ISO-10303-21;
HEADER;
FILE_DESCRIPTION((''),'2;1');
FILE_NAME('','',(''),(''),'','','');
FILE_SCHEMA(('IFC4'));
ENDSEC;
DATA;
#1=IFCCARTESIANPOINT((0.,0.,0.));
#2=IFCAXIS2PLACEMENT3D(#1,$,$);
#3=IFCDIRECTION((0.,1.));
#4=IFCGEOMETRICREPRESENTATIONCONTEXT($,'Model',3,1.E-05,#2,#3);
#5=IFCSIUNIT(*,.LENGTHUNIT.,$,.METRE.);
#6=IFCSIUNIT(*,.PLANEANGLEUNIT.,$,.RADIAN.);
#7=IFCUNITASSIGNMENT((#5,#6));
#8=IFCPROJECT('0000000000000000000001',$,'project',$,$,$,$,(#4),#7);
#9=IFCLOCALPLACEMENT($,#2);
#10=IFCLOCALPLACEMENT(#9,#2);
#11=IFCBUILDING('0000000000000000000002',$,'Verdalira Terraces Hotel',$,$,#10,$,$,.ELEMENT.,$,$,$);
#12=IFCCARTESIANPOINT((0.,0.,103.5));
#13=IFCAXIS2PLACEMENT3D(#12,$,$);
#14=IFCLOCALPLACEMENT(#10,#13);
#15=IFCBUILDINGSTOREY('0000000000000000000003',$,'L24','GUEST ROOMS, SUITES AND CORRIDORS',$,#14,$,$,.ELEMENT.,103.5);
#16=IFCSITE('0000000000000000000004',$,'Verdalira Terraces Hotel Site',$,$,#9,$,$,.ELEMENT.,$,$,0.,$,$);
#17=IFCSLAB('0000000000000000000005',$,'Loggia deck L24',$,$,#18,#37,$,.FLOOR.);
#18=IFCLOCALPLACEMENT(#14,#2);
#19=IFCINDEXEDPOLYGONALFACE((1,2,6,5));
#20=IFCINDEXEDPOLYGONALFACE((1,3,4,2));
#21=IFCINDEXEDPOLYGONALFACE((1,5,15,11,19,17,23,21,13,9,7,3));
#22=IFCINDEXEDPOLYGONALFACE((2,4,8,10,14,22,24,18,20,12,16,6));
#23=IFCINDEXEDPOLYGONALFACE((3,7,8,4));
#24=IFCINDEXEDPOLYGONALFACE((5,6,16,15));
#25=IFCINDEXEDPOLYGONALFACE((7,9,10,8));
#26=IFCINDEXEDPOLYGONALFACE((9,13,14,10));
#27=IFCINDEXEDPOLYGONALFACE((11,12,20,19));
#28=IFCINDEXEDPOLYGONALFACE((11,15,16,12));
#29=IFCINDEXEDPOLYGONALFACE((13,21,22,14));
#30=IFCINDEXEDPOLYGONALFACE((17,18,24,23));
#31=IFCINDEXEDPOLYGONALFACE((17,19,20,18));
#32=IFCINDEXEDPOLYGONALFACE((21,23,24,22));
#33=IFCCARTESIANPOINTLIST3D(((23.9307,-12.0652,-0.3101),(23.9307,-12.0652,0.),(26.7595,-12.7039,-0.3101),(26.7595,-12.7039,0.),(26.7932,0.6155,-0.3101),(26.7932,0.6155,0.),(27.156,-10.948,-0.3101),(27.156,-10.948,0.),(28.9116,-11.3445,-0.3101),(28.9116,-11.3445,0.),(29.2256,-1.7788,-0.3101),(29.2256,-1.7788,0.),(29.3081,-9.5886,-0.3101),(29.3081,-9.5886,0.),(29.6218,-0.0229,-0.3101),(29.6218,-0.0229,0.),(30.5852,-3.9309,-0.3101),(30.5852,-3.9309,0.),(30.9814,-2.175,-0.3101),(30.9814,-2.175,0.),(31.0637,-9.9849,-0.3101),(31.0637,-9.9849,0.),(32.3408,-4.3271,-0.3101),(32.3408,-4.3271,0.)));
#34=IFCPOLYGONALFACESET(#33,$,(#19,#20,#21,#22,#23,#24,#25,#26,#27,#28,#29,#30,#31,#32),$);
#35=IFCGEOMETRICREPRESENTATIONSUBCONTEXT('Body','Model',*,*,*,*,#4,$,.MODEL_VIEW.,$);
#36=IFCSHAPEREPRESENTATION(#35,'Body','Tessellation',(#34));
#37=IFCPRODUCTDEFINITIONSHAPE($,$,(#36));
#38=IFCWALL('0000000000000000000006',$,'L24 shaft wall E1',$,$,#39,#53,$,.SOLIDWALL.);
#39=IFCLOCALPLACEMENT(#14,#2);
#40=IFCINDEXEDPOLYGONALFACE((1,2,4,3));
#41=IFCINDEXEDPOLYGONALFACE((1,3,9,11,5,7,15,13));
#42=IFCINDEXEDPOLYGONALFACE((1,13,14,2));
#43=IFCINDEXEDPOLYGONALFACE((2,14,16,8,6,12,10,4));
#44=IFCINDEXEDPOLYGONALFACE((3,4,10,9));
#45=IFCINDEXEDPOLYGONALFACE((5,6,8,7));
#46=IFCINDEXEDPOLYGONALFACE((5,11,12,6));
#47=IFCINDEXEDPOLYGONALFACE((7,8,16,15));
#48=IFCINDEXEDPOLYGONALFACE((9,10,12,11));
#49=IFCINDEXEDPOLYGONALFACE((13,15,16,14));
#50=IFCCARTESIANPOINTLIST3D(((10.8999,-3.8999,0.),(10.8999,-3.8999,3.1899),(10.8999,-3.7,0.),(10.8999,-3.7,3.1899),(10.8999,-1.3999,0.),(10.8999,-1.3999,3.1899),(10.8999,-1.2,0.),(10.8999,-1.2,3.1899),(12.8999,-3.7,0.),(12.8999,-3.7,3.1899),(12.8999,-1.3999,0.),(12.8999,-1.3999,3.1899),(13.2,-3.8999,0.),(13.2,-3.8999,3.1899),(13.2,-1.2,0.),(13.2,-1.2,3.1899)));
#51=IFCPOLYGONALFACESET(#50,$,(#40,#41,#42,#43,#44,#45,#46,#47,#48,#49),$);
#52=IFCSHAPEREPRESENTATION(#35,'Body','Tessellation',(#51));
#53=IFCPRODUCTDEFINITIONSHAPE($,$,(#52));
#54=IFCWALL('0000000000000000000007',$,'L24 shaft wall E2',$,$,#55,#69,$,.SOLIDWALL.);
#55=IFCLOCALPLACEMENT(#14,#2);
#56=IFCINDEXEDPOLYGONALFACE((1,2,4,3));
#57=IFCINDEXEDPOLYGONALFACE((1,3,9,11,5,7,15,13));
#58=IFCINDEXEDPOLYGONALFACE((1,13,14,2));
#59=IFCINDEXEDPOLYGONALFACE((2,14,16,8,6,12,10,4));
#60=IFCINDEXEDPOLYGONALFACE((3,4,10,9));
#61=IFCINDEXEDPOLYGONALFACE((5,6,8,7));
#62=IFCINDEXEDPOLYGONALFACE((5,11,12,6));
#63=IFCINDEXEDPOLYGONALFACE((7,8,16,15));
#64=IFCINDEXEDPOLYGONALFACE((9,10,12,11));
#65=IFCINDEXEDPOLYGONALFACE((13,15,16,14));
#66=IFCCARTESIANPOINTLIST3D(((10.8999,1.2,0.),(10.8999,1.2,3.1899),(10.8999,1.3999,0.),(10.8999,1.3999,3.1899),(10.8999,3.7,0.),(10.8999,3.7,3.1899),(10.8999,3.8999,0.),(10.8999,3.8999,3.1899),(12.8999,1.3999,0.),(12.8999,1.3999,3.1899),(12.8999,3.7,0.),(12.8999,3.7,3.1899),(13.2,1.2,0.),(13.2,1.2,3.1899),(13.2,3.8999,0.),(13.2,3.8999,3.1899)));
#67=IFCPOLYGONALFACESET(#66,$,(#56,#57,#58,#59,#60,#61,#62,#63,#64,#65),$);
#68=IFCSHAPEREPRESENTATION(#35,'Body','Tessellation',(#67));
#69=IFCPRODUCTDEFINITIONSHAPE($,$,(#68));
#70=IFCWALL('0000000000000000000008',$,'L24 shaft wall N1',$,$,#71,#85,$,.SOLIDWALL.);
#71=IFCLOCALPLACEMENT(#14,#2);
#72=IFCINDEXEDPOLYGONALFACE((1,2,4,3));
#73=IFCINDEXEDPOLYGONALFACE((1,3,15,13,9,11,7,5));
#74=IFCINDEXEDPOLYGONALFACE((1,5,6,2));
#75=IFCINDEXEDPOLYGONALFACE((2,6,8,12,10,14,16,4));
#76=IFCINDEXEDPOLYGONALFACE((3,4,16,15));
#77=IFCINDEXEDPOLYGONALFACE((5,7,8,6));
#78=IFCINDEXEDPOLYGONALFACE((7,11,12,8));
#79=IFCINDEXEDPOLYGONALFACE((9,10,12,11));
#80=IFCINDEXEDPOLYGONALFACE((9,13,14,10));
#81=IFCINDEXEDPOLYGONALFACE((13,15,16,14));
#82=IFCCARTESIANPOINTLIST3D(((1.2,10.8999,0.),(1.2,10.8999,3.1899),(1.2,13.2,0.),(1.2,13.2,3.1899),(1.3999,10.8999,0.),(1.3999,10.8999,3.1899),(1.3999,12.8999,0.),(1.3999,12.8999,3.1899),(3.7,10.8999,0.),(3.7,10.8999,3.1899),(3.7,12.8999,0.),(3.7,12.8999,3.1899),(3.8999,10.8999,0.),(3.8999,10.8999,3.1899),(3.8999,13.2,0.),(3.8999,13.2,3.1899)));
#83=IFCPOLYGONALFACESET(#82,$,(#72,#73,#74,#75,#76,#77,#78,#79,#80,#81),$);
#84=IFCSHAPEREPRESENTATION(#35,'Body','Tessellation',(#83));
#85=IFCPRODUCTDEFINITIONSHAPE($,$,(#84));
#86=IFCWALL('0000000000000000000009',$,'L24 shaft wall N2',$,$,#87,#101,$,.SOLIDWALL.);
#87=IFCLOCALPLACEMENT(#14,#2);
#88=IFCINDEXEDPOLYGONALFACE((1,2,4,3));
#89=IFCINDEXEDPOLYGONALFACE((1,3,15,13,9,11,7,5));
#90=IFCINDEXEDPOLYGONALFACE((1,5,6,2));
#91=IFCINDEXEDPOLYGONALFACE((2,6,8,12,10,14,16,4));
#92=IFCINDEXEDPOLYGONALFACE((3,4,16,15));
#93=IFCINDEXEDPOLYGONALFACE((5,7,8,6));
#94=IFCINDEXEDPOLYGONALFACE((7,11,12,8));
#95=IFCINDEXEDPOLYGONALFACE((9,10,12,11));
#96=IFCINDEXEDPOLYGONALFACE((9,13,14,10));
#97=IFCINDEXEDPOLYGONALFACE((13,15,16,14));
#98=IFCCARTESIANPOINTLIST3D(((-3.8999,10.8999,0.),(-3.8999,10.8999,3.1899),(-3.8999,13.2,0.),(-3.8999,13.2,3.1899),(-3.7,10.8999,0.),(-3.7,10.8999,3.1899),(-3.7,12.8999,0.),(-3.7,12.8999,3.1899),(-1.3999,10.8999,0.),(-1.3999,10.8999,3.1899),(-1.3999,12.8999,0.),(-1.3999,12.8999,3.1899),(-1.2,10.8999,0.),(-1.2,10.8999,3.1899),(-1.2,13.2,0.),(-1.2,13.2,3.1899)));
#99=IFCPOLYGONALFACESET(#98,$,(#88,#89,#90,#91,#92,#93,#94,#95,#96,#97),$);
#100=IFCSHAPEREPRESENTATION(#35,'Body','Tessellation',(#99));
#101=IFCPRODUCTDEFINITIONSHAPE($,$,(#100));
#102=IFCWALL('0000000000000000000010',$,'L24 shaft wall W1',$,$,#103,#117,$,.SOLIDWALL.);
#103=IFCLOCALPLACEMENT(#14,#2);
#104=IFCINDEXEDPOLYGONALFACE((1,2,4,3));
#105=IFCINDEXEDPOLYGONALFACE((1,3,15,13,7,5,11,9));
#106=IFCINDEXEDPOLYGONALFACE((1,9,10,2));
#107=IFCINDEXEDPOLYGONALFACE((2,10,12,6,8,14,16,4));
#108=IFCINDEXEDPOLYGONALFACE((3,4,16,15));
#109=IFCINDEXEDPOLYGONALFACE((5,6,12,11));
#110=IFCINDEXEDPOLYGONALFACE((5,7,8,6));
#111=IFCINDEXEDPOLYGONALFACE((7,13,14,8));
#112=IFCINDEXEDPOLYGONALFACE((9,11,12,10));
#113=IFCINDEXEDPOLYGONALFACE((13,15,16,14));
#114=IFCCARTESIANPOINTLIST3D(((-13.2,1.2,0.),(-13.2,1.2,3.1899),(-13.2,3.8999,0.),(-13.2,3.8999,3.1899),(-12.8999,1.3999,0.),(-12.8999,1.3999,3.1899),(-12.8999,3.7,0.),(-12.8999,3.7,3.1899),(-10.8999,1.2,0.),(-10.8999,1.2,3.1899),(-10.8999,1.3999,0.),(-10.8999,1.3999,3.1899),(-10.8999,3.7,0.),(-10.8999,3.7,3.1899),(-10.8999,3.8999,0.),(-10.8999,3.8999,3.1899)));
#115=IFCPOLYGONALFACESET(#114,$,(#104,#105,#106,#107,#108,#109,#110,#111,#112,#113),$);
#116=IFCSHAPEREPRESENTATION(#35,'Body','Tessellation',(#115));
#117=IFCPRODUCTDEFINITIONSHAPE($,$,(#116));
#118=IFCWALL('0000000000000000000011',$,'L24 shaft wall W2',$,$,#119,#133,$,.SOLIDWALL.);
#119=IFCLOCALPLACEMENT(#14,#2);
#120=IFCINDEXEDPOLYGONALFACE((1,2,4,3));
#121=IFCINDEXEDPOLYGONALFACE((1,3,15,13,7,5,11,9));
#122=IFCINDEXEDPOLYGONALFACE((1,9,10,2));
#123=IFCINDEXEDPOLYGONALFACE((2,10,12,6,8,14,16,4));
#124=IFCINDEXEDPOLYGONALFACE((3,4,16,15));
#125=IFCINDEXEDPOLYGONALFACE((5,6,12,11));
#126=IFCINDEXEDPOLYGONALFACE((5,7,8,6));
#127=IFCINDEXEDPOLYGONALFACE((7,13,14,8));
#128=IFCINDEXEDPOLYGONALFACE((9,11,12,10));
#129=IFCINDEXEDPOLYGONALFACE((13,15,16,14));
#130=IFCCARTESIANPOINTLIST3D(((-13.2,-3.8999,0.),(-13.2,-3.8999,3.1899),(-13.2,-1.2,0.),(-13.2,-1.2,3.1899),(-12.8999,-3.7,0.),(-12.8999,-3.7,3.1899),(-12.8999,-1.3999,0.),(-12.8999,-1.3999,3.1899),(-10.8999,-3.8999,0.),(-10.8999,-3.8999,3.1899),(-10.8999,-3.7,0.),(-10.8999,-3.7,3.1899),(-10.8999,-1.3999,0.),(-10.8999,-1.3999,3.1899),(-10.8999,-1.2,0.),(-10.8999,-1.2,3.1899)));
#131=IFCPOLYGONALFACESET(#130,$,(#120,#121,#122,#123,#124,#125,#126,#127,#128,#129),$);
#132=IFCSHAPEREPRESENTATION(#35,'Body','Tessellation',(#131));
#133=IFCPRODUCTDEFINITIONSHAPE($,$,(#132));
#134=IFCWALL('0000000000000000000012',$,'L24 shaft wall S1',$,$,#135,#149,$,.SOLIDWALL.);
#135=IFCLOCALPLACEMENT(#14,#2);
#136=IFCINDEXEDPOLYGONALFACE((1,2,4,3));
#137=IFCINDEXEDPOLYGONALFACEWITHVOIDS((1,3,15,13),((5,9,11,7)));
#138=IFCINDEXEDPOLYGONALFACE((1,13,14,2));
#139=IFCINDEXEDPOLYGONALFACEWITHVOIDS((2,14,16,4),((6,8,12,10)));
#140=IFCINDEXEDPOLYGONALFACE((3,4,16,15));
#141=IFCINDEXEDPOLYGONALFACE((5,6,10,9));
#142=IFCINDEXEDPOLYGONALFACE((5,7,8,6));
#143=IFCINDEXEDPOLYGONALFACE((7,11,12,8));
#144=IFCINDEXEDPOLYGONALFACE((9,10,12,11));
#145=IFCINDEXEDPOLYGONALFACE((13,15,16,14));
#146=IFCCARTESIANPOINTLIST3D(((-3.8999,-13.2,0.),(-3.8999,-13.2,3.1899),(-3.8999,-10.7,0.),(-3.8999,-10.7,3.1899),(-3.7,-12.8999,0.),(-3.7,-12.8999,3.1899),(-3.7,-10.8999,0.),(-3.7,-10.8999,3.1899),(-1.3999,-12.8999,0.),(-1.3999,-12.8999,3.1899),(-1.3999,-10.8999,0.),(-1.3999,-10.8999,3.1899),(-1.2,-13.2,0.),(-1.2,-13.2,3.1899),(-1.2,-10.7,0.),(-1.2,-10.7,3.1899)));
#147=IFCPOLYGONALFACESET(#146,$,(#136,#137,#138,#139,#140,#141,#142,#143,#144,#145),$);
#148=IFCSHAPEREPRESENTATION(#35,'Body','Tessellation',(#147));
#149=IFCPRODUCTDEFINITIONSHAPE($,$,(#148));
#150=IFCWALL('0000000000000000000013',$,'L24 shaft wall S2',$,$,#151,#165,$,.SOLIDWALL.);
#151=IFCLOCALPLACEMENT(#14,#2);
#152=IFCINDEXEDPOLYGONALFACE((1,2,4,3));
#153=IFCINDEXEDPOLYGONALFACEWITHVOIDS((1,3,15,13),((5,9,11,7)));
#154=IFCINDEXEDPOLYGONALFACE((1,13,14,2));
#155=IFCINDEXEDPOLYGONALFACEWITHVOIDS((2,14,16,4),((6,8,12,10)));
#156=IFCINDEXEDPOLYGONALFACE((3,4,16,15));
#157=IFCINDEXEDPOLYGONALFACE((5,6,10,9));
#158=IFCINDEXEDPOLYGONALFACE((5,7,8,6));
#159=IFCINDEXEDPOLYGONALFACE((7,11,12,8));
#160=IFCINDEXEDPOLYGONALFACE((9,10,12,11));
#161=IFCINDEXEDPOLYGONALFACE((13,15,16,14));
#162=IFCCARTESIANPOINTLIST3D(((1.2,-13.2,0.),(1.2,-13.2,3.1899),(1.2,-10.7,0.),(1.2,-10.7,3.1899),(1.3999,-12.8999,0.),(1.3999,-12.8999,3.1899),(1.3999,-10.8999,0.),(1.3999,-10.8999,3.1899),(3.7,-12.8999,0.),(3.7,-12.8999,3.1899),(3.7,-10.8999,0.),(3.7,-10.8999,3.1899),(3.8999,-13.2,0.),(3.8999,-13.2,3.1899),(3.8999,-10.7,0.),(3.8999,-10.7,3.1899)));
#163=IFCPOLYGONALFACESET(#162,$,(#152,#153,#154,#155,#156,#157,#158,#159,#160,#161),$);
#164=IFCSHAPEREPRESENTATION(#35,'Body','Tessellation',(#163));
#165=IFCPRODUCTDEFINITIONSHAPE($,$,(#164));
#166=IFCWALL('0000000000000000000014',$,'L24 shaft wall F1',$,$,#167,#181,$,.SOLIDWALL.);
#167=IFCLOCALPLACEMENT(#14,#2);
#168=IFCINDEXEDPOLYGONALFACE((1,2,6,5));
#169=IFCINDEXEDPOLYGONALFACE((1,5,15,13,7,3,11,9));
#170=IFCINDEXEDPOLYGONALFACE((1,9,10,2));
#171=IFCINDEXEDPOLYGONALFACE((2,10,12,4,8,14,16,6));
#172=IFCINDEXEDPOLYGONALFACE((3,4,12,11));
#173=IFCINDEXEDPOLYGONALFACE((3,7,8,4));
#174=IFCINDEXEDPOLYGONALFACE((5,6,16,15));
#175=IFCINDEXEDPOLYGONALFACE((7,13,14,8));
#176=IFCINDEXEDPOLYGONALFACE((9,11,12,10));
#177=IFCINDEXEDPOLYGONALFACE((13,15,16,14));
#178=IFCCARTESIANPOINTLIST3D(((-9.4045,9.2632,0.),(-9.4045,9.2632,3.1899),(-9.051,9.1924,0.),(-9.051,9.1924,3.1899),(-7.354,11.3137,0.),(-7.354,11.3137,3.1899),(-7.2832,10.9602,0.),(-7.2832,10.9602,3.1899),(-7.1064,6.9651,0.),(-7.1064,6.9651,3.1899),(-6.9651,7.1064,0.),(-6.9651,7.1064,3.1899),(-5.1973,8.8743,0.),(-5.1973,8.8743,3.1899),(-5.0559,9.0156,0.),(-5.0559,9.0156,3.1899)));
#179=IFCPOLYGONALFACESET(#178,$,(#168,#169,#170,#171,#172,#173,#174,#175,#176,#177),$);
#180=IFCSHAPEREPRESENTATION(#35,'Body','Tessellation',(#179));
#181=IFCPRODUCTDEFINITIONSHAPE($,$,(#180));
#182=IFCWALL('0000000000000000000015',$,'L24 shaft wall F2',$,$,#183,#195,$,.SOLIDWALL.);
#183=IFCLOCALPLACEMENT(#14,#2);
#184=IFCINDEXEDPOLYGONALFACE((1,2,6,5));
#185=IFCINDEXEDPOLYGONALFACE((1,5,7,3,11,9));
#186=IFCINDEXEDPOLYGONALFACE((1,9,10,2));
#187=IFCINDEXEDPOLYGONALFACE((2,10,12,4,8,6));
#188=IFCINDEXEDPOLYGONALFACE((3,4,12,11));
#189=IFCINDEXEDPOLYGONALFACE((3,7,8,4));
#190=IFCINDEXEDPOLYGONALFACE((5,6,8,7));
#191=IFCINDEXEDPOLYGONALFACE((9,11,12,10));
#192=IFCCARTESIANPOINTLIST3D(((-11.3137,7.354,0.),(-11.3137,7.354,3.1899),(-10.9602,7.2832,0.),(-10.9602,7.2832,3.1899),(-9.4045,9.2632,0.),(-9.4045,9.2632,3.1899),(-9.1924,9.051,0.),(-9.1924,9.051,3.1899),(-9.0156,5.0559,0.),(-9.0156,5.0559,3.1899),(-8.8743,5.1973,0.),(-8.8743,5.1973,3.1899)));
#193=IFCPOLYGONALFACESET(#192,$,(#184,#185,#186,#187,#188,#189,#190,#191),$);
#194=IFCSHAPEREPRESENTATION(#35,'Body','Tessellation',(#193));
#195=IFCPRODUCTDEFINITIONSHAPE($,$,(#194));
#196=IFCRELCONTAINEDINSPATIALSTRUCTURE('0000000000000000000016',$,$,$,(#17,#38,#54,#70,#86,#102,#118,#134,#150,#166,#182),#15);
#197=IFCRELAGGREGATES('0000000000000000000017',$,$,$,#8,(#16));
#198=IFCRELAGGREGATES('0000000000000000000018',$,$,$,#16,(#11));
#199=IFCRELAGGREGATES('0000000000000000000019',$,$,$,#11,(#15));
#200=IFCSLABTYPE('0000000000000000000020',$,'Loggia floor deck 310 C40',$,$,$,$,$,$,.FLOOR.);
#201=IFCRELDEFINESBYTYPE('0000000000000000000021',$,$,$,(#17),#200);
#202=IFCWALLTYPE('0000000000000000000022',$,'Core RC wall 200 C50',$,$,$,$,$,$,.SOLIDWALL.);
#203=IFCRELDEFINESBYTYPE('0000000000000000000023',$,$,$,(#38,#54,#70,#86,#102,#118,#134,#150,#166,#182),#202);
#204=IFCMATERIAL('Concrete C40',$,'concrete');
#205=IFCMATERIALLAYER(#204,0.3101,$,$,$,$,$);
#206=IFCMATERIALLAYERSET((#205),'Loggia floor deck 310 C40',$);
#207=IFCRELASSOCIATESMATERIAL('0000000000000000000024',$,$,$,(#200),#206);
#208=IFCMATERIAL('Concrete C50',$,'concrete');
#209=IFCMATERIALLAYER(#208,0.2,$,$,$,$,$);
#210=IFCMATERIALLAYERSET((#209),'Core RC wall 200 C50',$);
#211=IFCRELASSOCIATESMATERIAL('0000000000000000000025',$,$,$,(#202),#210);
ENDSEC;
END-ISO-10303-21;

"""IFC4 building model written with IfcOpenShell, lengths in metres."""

from ifc_helpers import new_model, si_unit, direction, frame, origin, place, context, subcontext, project, spatial, polyline, outline, extrude, material, layer, layer_set, type_object, element, save


model = new_model("IFC4")

# Units and contexts
model_context = context("Model", 3, precision=1e-05, world=origin(), true_north=direction((0.0, 1.0)))
body_context = subcontext(model_context, "Body", "Model", "MODEL_VIEW")
ifc_project = project(units=[si_unit("LENGTHUNIT", "METRE"), si_unit("PLANEANGLEUNIT", "RADIAN")], contexts=[model_context])

# Site, building, storey
site_placement = place(None, origin())
site = spatial("IfcSite", under=ifc_project, at=site_placement, Name="Verdalira Terraces Hotel Site", CompositionType="ELEMENT", RefElevation=0.0)
building_placement = place(site_placement, origin())
building = spatial("IfcBuilding", under=site, at=building_placement, Name="Verdalira Terraces Hotel", CompositionType="ELEMENT")
storey_placement = place(building_placement, frame((0.0, 0.0, 103.5)))
storey = spatial("IfcBuildingStorey", under=building, at=storey_placement, Name="L24", Description="GUEST ROOMS, SUITES AND CORRIDORS", CompositionType="ELEMENT", Elevation=103.5)

# Slab
ifc_material_1 = material(Name="Concrete C40", Category="concrete")
ifc_layer_1 = layer(ifc_material_1, 0.3101)
ifc_layer_set_1 = layer_set([ifc_layer_1], Name="Loggia floor deck 310 C40")
slab_type_1 = type_object("IfcSlabType", Name="Loggia floor deck 310 C40", PredefinedType="FLOOR", material=ifc_layer_set_1)
slab_1_placement = place(storey_placement, frame((0.0, 0.0, -0.3101)))
element("IfcSlab", 1, at=slab_1_placement, inside=storey, type_object=slab_type_1, Name="Loggia deck L24", PredefinedType="FLOOR", context=body_context, shape_type="SweptSolid", body=[
    extrude(outline(polyline([(29.6218, -0.0229), (26.7932, 0.6155), (23.9307, -12.0652), (26.7595, -12.7039), (27.156, -10.948), (28.9116, -11.3445), (29.3081, -9.5886), (31.0637, -9.9849), (32.3408, -4.3271), (30.5852, -3.9309), (30.9814, -2.175), (29.2256, -1.7788), (29.6218, -0.0229)])), origin(), (0.0, 0.0, 1.0), 0.3101),
])

# Walls
ifc_material_2 = material(Name="Concrete C50", Category="concrete")
ifc_layer_2 = layer(ifc_material_2, 0.2)
ifc_layer_set_2 = layer_set([ifc_layer_2], Name="Core RC wall 200 C50")
wall_type = type_object("IfcWallType", Name="Core RC wall 200 C50", PredefinedType="SOLIDWALL", material=ifc_layer_set_2)
wall_1_placement = place(storey_placement, origin())
element("IfcWall", 2, at=wall_1_placement, inside=storey, type_object=wall_type, Name="L24 shaft wall E1", PredefinedType="SOLIDWALL", context=body_context, shape_type="SweptSolid", body=[
    extrude(outline(polyline([(13.2, -3.8999), (10.8999, -3.8999), (10.8999, -3.7), (12.8999, -3.7), (12.8999, -1.3999), (10.8999, -1.3999), (10.8999, -1.2), (13.2, -1.2), (13.2, -3.8999)])), origin(), (0.0, 0.0, 1.0), 3.1899),
])
wall_2_placement = place(storey_placement, origin())
element("IfcWall", 3, at=wall_2_placement, inside=storey, type_object=wall_type, Name="L24 shaft wall E2", PredefinedType="SOLIDWALL", context=body_context, shape_type="SweptSolid", body=[
    extrude(outline(polyline([(13.2, 3.8999), (13.2, 1.2), (10.8999, 1.2), (10.8999, 1.3999), (12.8999, 1.3999), (12.8999, 3.7), (10.8999, 3.7), (10.8999, 3.8999), (13.2, 3.8999)])), origin(), (0.0, 0.0, 1.0), 3.1899),
])
wall_3_placement = place(storey_placement, origin())
element("IfcWall", 4, at=wall_3_placement, inside=storey, type_object=wall_type, Name="L24 shaft wall N1", PredefinedType="SOLIDWALL", context=body_context, shape_type="SweptSolid", body=[
    extrude(outline(polyline([(3.8999, 13.2), (3.8999, 10.8999), (3.7, 10.8999), (3.7, 12.8999), (1.3999, 12.8999), (1.3999, 10.8999), (1.2, 10.8999), (1.2, 13.2), (3.8999, 13.2)])), origin(), (0.0, 0.0, 1.0), 3.1899),
])
wall_4_placement = place(storey_placement, origin())
element("IfcWall", 5, at=wall_4_placement, inside=storey, type_object=wall_type, Name="L24 shaft wall N2", PredefinedType="SOLIDWALL", context=body_context, shape_type="SweptSolid", body=[
    extrude(outline(polyline([(-3.8999, 10.8999), (-3.8999, 13.2), (-1.2, 13.2), (-1.2, 10.8999), (-1.3999, 10.8999), (-1.3999, 12.8999), (-3.7, 12.8999), (-3.7, 10.8999), (-3.8999, 10.8999)])), origin(), (0.0, 0.0, 1.0), 3.1899),
])
wall_5_placement = place(storey_placement, origin())
element("IfcWall", 6, at=wall_5_placement, inside=storey, type_object=wall_type, Name="L24 shaft wall W1", PredefinedType="SOLIDWALL", context=body_context, shape_type="SweptSolid", body=[
    extrude(outline(polyline([(-13.2, 3.8999), (-10.8999, 3.8999), (-10.8999, 3.7), (-12.8999, 3.7), (-12.8999, 1.3999), (-10.8999, 1.3999), (-10.8999, 1.2), (-13.2, 1.2), (-13.2, 3.8999)])), origin(), (0.0, 0.0, 1.0), 3.1899),
])
wall_6_placement = place(storey_placement, origin())
element("IfcWall", 7, at=wall_6_placement, inside=storey, type_object=wall_type, Name="L24 shaft wall W2", PredefinedType="SOLIDWALL", context=body_context, shape_type="SweptSolid", body=[
    extrude(outline(polyline([(-13.2, -3.8999), (-13.2, -1.2), (-10.8999, -1.2), (-10.8999, -1.3999), (-12.8999, -1.3999), (-12.8999, -3.7), (-10.8999, -3.7), (-10.8999, -3.8999), (-13.2, -3.8999)])), origin(), (0.0, 0.0, 1.0), 3.1899),
])
wall_7_placement = place(storey_placement, origin())
element("IfcWall", 8, at=wall_7_placement, inside=storey, type_object=wall_type, Name="L24 shaft wall S1", PredefinedType="SOLIDWALL", context=body_context, shape_type="SweptSolid", body=[
    extrude(outline(polyline([(-1.2, -13.2), (-3.8999, -13.2), (-3.8999, -10.7), (-1.2, -10.7), (-1.2, -13.2)]), holes=[polyline([(-3.7, -10.8999), (-3.7, -12.8999), (-1.3999, -12.8999), (-1.3999, -10.8999), (-3.7, -10.8999)])]), origin(), (0.0, 0.0, 1.0), 3.1899),
])
wall_8_placement = place(storey_placement, origin())
element("IfcWall", 9, at=wall_8_placement, inside=storey, type_object=wall_type, Name="L24 shaft wall S2", PredefinedType="SOLIDWALL", context=body_context, shape_type="SweptSolid", body=[
    extrude(outline(polyline([(3.8999, -10.7), (3.8999, -13.2), (1.2, -13.2), (1.2, -10.7), (3.8999, -10.7)]), holes=[polyline([(1.3999, -12.8999), (3.7, -12.8999), (3.7, -10.8999), (1.3999, -10.8999), (1.3999, -12.8999)])]), origin(), (0.0, 0.0, 1.0), 3.1899),
])
wall_9_placement = place(storey_placement, origin())
element("IfcWall", 10, at=wall_9_placement, inside=storey, type_object=wall_type, Name="L24 shaft wall F1", PredefinedType="SOLIDWALL", context=body_context, shape_type="SweptSolid", body=[
    extrude(outline(polyline([(-9.4045, 9.2632), (-7.354, 11.3137), (-5.0559, 9.0156), (-5.1973, 8.8743), (-7.2832, 10.9602), (-9.051, 9.1924), (-6.9651, 7.1064), (-7.1064, 6.9651), (-9.4045, 9.2632)])), origin(), (0.0, 0.0, 1.0), 3.1899),
])
wall_10_placement = place(storey_placement, origin())
element("IfcWall", 11, at=wall_10_placement, inside=storey, type_object=wall_type, Name="L24 shaft wall F2", PredefinedType="SOLIDWALL", context=body_context, shape_type="SweptSolid", body=[
    extrude(outline(polyline([(-11.3137, 7.354), (-9.4045, 9.2632), (-9.1924, 9.051), (-10.9602, 7.2832), (-8.8743, 5.1973), (-9.0156, 5.0559), (-11.3137, 7.354)])), origin(), (0.0, 0.0, 1.0), 3.1899),
])

save(model, "model.ifc")
